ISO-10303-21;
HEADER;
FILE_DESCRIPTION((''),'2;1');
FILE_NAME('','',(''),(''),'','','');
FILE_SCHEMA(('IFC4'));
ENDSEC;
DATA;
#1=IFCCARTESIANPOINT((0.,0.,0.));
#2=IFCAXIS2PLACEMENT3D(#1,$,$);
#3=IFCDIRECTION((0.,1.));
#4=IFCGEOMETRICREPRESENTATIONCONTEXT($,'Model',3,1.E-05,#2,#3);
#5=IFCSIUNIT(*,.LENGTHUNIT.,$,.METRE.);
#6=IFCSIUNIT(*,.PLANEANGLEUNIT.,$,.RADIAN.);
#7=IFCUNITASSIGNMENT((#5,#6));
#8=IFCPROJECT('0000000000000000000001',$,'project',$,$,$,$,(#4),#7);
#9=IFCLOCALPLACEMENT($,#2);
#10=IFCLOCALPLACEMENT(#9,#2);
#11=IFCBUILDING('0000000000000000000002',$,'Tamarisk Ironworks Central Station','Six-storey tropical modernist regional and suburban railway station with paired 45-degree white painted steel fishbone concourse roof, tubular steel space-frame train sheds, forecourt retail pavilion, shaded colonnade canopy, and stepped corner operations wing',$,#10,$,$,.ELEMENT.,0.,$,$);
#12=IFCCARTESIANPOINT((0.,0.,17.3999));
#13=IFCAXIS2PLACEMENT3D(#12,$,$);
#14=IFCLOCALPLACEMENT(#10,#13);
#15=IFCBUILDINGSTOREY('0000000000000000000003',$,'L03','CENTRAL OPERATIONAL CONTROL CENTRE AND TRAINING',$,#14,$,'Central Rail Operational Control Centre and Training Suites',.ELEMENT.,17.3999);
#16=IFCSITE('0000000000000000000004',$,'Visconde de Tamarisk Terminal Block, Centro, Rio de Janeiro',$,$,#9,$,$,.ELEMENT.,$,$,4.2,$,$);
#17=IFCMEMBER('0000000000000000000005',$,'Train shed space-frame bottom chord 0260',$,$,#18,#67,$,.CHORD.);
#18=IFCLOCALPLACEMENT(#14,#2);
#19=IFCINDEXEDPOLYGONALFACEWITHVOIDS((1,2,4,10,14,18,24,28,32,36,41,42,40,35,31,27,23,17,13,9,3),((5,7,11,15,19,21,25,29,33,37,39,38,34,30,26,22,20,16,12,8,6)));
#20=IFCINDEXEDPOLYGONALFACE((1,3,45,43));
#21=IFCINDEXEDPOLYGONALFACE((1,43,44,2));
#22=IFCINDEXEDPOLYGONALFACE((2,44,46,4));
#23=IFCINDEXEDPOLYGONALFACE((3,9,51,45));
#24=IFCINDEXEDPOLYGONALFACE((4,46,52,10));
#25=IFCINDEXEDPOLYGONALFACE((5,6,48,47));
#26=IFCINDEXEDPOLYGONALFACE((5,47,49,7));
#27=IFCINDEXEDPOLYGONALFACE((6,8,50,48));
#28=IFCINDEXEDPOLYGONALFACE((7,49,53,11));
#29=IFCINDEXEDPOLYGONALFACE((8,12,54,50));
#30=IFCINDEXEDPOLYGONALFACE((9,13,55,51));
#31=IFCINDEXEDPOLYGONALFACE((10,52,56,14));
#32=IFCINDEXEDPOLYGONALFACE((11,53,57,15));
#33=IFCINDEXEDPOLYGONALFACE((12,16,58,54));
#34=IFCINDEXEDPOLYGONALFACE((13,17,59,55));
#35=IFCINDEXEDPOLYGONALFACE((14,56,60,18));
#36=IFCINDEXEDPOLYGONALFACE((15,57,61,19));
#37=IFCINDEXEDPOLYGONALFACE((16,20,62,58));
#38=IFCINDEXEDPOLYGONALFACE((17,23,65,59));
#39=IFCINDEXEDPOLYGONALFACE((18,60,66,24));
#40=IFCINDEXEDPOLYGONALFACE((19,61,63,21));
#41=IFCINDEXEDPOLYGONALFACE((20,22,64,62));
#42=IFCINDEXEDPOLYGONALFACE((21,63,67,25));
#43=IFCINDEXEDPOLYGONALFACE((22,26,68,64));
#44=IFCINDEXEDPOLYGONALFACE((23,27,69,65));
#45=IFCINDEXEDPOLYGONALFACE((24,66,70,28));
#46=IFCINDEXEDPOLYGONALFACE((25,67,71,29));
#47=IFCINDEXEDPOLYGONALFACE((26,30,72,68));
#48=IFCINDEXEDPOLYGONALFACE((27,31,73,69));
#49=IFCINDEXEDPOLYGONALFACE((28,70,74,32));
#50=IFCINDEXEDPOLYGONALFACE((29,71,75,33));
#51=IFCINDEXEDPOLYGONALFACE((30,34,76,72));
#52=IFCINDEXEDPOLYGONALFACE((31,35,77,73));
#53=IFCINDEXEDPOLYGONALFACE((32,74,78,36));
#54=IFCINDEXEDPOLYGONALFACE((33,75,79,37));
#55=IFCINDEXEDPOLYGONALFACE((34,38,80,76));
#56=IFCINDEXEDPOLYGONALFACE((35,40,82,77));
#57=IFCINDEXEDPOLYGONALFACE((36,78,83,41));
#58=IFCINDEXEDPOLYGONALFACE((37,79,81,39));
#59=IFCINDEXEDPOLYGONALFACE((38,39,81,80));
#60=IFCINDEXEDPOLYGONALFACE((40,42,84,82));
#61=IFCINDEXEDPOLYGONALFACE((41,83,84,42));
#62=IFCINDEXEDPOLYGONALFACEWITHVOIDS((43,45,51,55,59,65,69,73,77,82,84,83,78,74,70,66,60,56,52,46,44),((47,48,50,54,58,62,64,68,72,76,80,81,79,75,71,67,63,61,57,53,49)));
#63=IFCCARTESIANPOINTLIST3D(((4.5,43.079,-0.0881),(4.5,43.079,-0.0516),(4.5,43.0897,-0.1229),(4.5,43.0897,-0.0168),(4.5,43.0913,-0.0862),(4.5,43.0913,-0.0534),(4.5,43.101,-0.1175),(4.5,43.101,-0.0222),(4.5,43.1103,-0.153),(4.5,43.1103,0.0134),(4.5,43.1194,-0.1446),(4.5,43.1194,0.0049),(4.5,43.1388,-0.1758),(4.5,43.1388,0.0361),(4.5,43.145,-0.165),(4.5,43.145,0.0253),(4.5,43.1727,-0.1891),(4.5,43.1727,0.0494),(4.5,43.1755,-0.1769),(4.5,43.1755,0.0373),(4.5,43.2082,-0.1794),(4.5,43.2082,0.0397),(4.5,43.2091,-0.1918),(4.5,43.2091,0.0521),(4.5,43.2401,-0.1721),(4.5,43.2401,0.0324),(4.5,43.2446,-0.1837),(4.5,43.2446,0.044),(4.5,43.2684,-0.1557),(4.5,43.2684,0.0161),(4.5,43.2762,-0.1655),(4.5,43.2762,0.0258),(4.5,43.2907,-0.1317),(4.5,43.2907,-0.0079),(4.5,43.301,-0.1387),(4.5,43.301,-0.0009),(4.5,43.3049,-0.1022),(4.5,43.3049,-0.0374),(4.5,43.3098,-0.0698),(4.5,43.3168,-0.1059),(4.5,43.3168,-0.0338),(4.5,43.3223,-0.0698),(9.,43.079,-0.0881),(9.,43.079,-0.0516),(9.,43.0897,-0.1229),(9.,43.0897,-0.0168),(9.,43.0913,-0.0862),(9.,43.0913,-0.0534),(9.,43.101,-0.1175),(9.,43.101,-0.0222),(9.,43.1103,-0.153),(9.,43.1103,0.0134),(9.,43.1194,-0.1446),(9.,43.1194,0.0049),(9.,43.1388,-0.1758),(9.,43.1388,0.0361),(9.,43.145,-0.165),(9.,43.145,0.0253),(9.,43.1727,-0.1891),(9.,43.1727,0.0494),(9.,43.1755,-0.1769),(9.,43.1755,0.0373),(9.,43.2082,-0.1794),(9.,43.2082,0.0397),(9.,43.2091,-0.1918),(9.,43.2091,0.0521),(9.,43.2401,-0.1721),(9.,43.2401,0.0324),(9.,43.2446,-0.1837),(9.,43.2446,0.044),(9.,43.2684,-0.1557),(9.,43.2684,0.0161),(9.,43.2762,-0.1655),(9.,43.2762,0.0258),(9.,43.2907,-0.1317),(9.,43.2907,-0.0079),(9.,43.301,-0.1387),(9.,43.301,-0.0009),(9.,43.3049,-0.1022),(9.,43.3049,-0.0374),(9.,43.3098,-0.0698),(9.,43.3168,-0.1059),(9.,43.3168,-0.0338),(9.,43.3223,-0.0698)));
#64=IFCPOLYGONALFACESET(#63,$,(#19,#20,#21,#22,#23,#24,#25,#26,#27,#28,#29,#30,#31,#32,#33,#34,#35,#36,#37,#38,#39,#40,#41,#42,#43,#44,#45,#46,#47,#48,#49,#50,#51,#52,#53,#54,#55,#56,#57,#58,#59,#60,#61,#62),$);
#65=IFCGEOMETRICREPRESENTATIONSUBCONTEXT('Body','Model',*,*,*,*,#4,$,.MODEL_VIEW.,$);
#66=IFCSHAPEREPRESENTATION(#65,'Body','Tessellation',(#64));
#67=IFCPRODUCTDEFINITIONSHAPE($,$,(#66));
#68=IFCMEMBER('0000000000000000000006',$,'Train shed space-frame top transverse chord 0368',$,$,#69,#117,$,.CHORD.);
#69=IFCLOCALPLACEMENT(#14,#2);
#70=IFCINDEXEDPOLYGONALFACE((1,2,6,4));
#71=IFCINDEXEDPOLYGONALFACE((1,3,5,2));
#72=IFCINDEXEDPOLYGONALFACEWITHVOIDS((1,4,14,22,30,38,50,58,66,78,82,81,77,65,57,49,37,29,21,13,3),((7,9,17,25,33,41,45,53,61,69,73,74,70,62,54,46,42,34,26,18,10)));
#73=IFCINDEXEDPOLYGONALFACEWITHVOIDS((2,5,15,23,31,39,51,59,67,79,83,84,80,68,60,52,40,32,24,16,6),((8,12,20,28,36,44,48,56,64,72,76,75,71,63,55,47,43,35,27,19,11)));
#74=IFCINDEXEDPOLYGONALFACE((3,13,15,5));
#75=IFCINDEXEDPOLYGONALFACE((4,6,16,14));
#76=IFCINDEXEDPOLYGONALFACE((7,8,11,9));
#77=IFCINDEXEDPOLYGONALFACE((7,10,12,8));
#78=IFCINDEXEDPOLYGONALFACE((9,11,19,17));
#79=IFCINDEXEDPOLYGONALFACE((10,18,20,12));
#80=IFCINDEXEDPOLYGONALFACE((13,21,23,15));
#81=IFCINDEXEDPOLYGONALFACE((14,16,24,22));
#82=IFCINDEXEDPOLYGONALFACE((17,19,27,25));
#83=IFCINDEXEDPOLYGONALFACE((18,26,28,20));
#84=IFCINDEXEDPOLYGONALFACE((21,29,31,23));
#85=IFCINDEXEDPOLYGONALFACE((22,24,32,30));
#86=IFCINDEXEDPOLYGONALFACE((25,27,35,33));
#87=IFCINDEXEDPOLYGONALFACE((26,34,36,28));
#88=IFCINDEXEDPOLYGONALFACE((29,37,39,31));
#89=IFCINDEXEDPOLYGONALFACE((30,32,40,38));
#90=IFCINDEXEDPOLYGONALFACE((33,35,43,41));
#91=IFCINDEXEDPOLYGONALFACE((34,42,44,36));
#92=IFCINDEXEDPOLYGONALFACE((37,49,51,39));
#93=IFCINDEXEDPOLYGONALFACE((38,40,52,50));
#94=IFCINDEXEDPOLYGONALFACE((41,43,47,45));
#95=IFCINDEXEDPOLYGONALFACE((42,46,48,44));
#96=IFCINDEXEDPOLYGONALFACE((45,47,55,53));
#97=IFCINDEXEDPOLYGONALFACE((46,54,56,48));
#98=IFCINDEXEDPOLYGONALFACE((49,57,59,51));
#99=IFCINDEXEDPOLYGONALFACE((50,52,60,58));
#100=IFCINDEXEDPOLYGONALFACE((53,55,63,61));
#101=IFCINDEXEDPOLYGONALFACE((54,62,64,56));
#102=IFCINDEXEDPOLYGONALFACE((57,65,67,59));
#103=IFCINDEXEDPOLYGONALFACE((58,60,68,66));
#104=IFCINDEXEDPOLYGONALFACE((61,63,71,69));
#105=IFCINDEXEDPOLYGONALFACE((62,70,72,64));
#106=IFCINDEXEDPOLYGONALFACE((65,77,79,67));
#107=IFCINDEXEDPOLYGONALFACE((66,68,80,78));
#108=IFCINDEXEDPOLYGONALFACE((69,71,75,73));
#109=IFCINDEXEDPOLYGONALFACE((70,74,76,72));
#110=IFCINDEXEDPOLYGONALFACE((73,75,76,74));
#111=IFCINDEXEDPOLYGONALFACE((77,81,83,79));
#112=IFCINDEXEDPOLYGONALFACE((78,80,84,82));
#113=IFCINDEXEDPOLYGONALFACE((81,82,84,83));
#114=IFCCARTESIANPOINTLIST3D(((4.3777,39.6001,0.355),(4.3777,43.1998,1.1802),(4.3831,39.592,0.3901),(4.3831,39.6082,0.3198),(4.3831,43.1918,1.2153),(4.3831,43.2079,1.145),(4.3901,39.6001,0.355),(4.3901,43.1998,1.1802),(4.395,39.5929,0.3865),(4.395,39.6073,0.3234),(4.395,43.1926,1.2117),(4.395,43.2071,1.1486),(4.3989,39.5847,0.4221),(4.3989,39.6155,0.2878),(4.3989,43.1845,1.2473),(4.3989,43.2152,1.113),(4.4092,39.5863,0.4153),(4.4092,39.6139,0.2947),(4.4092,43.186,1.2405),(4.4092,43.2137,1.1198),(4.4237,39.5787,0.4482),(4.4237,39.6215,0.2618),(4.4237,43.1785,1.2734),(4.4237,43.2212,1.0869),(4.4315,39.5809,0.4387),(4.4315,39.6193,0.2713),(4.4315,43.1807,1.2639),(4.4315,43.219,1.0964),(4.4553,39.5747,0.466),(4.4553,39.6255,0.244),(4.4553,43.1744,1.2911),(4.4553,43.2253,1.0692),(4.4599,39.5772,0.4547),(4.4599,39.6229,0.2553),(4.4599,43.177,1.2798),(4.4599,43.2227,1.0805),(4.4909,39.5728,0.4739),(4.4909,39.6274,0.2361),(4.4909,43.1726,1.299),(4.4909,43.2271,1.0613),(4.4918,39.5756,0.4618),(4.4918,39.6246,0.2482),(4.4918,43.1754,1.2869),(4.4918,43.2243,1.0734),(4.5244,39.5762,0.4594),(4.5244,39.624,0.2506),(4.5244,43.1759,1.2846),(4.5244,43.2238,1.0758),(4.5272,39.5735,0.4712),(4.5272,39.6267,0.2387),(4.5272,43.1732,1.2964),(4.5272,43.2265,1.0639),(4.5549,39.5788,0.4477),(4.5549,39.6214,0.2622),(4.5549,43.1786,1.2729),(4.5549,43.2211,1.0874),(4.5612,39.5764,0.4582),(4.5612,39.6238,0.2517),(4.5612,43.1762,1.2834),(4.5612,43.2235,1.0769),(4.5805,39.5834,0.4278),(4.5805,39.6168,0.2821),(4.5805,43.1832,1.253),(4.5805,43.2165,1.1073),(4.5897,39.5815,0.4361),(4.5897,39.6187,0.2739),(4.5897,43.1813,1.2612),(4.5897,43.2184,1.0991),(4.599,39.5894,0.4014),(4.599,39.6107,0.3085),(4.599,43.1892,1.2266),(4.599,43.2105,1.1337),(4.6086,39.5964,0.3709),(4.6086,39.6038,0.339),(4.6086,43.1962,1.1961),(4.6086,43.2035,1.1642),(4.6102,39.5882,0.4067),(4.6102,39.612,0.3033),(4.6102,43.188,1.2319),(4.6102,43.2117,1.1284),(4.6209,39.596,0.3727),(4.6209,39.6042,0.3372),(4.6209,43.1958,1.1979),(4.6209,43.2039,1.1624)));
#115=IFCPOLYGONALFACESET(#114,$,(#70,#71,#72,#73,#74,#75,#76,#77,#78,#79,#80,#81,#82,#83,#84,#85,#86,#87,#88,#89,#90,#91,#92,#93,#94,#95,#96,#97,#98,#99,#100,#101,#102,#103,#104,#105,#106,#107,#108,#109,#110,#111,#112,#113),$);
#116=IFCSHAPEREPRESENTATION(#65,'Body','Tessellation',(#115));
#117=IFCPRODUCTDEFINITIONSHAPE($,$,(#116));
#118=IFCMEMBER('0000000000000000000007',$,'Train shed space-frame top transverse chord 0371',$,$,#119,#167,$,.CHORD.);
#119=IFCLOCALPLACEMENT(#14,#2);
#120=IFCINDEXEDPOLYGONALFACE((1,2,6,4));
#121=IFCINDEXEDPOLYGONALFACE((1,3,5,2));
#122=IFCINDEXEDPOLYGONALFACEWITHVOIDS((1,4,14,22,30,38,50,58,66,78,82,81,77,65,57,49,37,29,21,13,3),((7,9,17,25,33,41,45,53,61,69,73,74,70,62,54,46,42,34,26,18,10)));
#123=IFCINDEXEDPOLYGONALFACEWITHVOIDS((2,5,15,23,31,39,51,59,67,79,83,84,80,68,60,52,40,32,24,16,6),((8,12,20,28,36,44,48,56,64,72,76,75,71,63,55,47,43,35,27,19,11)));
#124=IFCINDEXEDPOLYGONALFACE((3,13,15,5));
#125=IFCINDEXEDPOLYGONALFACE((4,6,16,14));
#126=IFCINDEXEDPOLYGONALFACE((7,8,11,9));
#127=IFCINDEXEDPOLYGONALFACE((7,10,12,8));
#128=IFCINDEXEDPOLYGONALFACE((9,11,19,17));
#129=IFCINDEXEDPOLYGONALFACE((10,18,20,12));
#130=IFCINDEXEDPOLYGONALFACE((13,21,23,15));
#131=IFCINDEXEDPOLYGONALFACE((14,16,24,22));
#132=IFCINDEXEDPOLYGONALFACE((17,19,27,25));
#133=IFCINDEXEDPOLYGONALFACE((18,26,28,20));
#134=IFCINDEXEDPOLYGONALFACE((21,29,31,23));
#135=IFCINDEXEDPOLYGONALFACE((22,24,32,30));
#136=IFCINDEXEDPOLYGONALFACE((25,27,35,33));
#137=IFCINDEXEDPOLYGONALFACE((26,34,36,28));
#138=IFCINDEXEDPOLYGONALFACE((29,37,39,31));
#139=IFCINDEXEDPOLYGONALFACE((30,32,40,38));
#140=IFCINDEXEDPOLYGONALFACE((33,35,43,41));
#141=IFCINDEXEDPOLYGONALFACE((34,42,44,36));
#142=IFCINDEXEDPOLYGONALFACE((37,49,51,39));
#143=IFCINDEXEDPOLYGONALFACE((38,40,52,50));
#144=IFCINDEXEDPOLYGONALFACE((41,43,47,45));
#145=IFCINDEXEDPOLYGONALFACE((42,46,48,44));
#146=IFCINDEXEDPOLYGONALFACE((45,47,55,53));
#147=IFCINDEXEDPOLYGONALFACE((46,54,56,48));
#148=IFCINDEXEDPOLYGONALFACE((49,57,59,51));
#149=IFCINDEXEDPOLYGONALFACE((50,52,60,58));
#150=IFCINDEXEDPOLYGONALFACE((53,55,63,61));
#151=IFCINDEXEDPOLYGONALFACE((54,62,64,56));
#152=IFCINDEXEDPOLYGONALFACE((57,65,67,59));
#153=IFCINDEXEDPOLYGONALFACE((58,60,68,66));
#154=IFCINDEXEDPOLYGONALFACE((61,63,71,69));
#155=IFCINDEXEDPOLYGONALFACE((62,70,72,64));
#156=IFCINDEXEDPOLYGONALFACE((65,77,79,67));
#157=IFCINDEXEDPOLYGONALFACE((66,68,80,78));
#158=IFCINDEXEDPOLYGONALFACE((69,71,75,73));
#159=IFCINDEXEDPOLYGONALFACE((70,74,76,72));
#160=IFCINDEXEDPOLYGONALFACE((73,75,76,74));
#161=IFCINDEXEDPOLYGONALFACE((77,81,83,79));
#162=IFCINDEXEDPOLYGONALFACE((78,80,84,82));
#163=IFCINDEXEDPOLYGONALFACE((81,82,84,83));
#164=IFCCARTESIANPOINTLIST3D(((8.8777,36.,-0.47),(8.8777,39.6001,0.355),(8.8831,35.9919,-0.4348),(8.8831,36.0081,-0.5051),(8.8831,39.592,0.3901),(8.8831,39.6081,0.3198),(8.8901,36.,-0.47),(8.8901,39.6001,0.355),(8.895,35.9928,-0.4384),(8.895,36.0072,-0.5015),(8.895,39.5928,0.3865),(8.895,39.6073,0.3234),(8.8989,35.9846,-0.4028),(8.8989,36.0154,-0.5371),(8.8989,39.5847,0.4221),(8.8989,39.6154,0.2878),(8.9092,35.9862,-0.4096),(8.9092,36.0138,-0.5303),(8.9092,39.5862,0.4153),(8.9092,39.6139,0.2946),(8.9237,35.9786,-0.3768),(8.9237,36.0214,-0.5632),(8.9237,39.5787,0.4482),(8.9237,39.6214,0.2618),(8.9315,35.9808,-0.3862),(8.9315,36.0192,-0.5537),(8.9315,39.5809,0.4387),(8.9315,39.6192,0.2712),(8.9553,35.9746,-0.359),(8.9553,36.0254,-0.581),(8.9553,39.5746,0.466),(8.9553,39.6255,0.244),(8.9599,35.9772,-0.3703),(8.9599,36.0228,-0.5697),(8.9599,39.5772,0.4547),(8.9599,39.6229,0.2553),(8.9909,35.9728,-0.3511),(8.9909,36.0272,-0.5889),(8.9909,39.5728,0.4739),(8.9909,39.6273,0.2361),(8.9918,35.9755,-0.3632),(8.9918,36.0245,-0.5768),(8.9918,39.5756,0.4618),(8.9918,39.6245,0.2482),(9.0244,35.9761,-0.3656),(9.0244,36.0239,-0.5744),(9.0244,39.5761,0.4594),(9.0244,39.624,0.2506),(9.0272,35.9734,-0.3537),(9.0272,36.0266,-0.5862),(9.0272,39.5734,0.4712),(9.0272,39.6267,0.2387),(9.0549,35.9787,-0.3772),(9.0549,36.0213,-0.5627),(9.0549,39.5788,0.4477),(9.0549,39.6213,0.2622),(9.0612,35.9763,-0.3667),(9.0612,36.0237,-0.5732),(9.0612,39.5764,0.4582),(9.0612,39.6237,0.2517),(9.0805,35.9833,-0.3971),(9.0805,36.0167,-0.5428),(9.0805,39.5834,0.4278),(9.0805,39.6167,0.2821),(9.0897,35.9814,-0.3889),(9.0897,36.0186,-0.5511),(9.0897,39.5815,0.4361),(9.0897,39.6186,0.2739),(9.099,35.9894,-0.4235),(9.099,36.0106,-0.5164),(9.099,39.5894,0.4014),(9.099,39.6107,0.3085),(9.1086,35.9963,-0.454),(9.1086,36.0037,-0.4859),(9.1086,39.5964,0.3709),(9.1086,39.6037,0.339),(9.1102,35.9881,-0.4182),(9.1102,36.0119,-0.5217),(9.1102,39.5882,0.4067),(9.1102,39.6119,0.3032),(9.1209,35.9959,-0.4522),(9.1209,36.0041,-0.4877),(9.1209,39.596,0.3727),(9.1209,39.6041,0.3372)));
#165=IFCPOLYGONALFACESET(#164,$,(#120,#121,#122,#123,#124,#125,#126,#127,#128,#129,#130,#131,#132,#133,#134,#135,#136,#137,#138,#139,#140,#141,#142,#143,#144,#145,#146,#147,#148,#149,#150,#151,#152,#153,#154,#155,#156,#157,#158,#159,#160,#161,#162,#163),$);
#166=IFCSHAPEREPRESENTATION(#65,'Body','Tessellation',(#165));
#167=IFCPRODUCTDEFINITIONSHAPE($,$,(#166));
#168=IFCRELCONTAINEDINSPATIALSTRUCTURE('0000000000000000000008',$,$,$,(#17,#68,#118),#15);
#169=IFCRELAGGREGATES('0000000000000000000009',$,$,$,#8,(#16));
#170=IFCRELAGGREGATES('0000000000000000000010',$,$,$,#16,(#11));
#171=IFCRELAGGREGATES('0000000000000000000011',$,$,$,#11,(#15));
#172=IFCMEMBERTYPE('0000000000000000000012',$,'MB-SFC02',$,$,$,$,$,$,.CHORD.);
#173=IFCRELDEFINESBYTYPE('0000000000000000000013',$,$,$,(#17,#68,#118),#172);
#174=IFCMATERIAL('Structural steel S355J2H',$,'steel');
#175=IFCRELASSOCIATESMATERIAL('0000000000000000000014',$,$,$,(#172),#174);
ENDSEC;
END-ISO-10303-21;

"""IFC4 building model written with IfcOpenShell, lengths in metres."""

from ifc_helpers import new_model, si_unit, direction, frame, origin, origin_2d, place, context, subcontext, project, spatial, hollow_circle, extrude, material, material_profile, profile_set, type_object, element, save


model = new_model("IFC4")

# Units and contexts
model_context = context("Model", 3, precision=1e-05, world=origin(), true_north=direction((0.0, 1.0)))
body_context = subcontext(model_context, "Body", "Model", "MODEL_VIEW")
ifc_project = project(units=[si_unit("LENGTHUNIT", "METRE"), si_unit("PLANEANGLEUNIT", "RADIAN")], contexts=[model_context])

# Site, building, storey
site_placement = place(None, origin())
site = spatial("IfcSite", under=ifc_project, at=site_placement, Name="Visconde de Tamarisk Terminal Block, Centro, Rio de Janeiro", CompositionType="ELEMENT", RefElevation=4.2)
building_placement = place(site_placement, origin())
building = spatial("IfcBuilding", under=site, at=building_placement, Name="Tamarisk Ironworks Central Station", Description="Six-storey tropical modernist regional and suburban railway station with paired 45-degree white painted steel fishbone concourse roof, tubular steel space-frame train sheds, forecourt retail pavilion, shaded colonnade canopy, and stepped corner operations wing", CompositionType="ELEMENT", ElevationOfRefHeight=0.0)
storey_placement = place(building_placement, frame((0.0, 0.0, 17.3999)))
storey = spatial("IfcBuildingStorey", under=building, at=storey_placement, Name="L03", Description="CENTRAL OPERATIONAL CONTROL CENTRE AND TRAINING", LongName="Central Rail Operational Control Centre and Training Suites", CompositionType="ELEMENT", Elevation=17.3999)

# Members
ifc_material_1 = material(Name="Structural steel S355J2H", Category="steel")
ifc_material_profile_1 = material_profile(ifc_material_1, hollow_circle(Radius=0.1223, WallThickness=0.0125, at=origin_2d()), Name="CHS 244.5x12.5")
ifc_profile_set_1 = profile_set([ifc_material_profile_1], Name="Structural steel S355J2H")
member_type_1 = type_object("IfcMemberType", Name="MB-SFC02", PredefinedType="CHORD", material=ifc_profile_set_1)
for number, where, z_axis, x_axis, name in (
    (1, (4.5, 43.2, -0.0698), (1.0, 0.0, 0.0), (0.0, 1.0, 0.0), "Train shed space-frame bottom chord 0260"),
):
    element("IfcMember", number, at=place(storey_placement, frame(where, z_axis=z_axis, x_axis=x_axis)), inside=storey, type_object=member_type_1, Name=name, PredefinedType="CHORD", context=body_context, shape_type="SweptSolid", body=[
        extrude(hollow_circle(Radius=0.1223, WallThickness=0.0125, at=origin_2d()), origin(), (0.0, 0.0, 1.0), 4.5),
    ])
member_1_placement = place(storey_placement, frame((4.5, 39.6001, 0.355), z_axis=(0.0, 0.974719, 0.223435), x_axis=(-1.0, 0.0, 0.0)))
element("IfcMember", 2, at=member_1_placement, inside=storey, type_object=member_type_1, Name="Train shed space-frame top transverse chord 0368", PredefinedType="CHORD", context=body_context, shape_type="SweptSolid", body=[
    extrude(hollow_circle(Radius=0.1223, WallThickness=0.0125, at=origin_2d()), origin(), (0.0, 0.0, 1.0), 3.6931),
])
member_2_placement = place(storey_placement, frame((9.0, 36.0, -0.47), z_axis=(0.0, 0.974737, 0.223358), x_axis=(-1.0, 0.0, 0.0)))
element("IfcMember", 3, at=member_2_placement, inside=storey, type_object=member_type_1, Name="Train shed space-frame top transverse chord 0371", PredefinedType="CHORD", context=body_context, shape_type="SweptSolid", body=[
    extrude(hollow_circle(Radius=0.1223, WallThickness=0.0125, at=origin_2d()), origin(), (0.0, 0.0, 1.0), 3.6934),
])

save(model, "model.ifc")
